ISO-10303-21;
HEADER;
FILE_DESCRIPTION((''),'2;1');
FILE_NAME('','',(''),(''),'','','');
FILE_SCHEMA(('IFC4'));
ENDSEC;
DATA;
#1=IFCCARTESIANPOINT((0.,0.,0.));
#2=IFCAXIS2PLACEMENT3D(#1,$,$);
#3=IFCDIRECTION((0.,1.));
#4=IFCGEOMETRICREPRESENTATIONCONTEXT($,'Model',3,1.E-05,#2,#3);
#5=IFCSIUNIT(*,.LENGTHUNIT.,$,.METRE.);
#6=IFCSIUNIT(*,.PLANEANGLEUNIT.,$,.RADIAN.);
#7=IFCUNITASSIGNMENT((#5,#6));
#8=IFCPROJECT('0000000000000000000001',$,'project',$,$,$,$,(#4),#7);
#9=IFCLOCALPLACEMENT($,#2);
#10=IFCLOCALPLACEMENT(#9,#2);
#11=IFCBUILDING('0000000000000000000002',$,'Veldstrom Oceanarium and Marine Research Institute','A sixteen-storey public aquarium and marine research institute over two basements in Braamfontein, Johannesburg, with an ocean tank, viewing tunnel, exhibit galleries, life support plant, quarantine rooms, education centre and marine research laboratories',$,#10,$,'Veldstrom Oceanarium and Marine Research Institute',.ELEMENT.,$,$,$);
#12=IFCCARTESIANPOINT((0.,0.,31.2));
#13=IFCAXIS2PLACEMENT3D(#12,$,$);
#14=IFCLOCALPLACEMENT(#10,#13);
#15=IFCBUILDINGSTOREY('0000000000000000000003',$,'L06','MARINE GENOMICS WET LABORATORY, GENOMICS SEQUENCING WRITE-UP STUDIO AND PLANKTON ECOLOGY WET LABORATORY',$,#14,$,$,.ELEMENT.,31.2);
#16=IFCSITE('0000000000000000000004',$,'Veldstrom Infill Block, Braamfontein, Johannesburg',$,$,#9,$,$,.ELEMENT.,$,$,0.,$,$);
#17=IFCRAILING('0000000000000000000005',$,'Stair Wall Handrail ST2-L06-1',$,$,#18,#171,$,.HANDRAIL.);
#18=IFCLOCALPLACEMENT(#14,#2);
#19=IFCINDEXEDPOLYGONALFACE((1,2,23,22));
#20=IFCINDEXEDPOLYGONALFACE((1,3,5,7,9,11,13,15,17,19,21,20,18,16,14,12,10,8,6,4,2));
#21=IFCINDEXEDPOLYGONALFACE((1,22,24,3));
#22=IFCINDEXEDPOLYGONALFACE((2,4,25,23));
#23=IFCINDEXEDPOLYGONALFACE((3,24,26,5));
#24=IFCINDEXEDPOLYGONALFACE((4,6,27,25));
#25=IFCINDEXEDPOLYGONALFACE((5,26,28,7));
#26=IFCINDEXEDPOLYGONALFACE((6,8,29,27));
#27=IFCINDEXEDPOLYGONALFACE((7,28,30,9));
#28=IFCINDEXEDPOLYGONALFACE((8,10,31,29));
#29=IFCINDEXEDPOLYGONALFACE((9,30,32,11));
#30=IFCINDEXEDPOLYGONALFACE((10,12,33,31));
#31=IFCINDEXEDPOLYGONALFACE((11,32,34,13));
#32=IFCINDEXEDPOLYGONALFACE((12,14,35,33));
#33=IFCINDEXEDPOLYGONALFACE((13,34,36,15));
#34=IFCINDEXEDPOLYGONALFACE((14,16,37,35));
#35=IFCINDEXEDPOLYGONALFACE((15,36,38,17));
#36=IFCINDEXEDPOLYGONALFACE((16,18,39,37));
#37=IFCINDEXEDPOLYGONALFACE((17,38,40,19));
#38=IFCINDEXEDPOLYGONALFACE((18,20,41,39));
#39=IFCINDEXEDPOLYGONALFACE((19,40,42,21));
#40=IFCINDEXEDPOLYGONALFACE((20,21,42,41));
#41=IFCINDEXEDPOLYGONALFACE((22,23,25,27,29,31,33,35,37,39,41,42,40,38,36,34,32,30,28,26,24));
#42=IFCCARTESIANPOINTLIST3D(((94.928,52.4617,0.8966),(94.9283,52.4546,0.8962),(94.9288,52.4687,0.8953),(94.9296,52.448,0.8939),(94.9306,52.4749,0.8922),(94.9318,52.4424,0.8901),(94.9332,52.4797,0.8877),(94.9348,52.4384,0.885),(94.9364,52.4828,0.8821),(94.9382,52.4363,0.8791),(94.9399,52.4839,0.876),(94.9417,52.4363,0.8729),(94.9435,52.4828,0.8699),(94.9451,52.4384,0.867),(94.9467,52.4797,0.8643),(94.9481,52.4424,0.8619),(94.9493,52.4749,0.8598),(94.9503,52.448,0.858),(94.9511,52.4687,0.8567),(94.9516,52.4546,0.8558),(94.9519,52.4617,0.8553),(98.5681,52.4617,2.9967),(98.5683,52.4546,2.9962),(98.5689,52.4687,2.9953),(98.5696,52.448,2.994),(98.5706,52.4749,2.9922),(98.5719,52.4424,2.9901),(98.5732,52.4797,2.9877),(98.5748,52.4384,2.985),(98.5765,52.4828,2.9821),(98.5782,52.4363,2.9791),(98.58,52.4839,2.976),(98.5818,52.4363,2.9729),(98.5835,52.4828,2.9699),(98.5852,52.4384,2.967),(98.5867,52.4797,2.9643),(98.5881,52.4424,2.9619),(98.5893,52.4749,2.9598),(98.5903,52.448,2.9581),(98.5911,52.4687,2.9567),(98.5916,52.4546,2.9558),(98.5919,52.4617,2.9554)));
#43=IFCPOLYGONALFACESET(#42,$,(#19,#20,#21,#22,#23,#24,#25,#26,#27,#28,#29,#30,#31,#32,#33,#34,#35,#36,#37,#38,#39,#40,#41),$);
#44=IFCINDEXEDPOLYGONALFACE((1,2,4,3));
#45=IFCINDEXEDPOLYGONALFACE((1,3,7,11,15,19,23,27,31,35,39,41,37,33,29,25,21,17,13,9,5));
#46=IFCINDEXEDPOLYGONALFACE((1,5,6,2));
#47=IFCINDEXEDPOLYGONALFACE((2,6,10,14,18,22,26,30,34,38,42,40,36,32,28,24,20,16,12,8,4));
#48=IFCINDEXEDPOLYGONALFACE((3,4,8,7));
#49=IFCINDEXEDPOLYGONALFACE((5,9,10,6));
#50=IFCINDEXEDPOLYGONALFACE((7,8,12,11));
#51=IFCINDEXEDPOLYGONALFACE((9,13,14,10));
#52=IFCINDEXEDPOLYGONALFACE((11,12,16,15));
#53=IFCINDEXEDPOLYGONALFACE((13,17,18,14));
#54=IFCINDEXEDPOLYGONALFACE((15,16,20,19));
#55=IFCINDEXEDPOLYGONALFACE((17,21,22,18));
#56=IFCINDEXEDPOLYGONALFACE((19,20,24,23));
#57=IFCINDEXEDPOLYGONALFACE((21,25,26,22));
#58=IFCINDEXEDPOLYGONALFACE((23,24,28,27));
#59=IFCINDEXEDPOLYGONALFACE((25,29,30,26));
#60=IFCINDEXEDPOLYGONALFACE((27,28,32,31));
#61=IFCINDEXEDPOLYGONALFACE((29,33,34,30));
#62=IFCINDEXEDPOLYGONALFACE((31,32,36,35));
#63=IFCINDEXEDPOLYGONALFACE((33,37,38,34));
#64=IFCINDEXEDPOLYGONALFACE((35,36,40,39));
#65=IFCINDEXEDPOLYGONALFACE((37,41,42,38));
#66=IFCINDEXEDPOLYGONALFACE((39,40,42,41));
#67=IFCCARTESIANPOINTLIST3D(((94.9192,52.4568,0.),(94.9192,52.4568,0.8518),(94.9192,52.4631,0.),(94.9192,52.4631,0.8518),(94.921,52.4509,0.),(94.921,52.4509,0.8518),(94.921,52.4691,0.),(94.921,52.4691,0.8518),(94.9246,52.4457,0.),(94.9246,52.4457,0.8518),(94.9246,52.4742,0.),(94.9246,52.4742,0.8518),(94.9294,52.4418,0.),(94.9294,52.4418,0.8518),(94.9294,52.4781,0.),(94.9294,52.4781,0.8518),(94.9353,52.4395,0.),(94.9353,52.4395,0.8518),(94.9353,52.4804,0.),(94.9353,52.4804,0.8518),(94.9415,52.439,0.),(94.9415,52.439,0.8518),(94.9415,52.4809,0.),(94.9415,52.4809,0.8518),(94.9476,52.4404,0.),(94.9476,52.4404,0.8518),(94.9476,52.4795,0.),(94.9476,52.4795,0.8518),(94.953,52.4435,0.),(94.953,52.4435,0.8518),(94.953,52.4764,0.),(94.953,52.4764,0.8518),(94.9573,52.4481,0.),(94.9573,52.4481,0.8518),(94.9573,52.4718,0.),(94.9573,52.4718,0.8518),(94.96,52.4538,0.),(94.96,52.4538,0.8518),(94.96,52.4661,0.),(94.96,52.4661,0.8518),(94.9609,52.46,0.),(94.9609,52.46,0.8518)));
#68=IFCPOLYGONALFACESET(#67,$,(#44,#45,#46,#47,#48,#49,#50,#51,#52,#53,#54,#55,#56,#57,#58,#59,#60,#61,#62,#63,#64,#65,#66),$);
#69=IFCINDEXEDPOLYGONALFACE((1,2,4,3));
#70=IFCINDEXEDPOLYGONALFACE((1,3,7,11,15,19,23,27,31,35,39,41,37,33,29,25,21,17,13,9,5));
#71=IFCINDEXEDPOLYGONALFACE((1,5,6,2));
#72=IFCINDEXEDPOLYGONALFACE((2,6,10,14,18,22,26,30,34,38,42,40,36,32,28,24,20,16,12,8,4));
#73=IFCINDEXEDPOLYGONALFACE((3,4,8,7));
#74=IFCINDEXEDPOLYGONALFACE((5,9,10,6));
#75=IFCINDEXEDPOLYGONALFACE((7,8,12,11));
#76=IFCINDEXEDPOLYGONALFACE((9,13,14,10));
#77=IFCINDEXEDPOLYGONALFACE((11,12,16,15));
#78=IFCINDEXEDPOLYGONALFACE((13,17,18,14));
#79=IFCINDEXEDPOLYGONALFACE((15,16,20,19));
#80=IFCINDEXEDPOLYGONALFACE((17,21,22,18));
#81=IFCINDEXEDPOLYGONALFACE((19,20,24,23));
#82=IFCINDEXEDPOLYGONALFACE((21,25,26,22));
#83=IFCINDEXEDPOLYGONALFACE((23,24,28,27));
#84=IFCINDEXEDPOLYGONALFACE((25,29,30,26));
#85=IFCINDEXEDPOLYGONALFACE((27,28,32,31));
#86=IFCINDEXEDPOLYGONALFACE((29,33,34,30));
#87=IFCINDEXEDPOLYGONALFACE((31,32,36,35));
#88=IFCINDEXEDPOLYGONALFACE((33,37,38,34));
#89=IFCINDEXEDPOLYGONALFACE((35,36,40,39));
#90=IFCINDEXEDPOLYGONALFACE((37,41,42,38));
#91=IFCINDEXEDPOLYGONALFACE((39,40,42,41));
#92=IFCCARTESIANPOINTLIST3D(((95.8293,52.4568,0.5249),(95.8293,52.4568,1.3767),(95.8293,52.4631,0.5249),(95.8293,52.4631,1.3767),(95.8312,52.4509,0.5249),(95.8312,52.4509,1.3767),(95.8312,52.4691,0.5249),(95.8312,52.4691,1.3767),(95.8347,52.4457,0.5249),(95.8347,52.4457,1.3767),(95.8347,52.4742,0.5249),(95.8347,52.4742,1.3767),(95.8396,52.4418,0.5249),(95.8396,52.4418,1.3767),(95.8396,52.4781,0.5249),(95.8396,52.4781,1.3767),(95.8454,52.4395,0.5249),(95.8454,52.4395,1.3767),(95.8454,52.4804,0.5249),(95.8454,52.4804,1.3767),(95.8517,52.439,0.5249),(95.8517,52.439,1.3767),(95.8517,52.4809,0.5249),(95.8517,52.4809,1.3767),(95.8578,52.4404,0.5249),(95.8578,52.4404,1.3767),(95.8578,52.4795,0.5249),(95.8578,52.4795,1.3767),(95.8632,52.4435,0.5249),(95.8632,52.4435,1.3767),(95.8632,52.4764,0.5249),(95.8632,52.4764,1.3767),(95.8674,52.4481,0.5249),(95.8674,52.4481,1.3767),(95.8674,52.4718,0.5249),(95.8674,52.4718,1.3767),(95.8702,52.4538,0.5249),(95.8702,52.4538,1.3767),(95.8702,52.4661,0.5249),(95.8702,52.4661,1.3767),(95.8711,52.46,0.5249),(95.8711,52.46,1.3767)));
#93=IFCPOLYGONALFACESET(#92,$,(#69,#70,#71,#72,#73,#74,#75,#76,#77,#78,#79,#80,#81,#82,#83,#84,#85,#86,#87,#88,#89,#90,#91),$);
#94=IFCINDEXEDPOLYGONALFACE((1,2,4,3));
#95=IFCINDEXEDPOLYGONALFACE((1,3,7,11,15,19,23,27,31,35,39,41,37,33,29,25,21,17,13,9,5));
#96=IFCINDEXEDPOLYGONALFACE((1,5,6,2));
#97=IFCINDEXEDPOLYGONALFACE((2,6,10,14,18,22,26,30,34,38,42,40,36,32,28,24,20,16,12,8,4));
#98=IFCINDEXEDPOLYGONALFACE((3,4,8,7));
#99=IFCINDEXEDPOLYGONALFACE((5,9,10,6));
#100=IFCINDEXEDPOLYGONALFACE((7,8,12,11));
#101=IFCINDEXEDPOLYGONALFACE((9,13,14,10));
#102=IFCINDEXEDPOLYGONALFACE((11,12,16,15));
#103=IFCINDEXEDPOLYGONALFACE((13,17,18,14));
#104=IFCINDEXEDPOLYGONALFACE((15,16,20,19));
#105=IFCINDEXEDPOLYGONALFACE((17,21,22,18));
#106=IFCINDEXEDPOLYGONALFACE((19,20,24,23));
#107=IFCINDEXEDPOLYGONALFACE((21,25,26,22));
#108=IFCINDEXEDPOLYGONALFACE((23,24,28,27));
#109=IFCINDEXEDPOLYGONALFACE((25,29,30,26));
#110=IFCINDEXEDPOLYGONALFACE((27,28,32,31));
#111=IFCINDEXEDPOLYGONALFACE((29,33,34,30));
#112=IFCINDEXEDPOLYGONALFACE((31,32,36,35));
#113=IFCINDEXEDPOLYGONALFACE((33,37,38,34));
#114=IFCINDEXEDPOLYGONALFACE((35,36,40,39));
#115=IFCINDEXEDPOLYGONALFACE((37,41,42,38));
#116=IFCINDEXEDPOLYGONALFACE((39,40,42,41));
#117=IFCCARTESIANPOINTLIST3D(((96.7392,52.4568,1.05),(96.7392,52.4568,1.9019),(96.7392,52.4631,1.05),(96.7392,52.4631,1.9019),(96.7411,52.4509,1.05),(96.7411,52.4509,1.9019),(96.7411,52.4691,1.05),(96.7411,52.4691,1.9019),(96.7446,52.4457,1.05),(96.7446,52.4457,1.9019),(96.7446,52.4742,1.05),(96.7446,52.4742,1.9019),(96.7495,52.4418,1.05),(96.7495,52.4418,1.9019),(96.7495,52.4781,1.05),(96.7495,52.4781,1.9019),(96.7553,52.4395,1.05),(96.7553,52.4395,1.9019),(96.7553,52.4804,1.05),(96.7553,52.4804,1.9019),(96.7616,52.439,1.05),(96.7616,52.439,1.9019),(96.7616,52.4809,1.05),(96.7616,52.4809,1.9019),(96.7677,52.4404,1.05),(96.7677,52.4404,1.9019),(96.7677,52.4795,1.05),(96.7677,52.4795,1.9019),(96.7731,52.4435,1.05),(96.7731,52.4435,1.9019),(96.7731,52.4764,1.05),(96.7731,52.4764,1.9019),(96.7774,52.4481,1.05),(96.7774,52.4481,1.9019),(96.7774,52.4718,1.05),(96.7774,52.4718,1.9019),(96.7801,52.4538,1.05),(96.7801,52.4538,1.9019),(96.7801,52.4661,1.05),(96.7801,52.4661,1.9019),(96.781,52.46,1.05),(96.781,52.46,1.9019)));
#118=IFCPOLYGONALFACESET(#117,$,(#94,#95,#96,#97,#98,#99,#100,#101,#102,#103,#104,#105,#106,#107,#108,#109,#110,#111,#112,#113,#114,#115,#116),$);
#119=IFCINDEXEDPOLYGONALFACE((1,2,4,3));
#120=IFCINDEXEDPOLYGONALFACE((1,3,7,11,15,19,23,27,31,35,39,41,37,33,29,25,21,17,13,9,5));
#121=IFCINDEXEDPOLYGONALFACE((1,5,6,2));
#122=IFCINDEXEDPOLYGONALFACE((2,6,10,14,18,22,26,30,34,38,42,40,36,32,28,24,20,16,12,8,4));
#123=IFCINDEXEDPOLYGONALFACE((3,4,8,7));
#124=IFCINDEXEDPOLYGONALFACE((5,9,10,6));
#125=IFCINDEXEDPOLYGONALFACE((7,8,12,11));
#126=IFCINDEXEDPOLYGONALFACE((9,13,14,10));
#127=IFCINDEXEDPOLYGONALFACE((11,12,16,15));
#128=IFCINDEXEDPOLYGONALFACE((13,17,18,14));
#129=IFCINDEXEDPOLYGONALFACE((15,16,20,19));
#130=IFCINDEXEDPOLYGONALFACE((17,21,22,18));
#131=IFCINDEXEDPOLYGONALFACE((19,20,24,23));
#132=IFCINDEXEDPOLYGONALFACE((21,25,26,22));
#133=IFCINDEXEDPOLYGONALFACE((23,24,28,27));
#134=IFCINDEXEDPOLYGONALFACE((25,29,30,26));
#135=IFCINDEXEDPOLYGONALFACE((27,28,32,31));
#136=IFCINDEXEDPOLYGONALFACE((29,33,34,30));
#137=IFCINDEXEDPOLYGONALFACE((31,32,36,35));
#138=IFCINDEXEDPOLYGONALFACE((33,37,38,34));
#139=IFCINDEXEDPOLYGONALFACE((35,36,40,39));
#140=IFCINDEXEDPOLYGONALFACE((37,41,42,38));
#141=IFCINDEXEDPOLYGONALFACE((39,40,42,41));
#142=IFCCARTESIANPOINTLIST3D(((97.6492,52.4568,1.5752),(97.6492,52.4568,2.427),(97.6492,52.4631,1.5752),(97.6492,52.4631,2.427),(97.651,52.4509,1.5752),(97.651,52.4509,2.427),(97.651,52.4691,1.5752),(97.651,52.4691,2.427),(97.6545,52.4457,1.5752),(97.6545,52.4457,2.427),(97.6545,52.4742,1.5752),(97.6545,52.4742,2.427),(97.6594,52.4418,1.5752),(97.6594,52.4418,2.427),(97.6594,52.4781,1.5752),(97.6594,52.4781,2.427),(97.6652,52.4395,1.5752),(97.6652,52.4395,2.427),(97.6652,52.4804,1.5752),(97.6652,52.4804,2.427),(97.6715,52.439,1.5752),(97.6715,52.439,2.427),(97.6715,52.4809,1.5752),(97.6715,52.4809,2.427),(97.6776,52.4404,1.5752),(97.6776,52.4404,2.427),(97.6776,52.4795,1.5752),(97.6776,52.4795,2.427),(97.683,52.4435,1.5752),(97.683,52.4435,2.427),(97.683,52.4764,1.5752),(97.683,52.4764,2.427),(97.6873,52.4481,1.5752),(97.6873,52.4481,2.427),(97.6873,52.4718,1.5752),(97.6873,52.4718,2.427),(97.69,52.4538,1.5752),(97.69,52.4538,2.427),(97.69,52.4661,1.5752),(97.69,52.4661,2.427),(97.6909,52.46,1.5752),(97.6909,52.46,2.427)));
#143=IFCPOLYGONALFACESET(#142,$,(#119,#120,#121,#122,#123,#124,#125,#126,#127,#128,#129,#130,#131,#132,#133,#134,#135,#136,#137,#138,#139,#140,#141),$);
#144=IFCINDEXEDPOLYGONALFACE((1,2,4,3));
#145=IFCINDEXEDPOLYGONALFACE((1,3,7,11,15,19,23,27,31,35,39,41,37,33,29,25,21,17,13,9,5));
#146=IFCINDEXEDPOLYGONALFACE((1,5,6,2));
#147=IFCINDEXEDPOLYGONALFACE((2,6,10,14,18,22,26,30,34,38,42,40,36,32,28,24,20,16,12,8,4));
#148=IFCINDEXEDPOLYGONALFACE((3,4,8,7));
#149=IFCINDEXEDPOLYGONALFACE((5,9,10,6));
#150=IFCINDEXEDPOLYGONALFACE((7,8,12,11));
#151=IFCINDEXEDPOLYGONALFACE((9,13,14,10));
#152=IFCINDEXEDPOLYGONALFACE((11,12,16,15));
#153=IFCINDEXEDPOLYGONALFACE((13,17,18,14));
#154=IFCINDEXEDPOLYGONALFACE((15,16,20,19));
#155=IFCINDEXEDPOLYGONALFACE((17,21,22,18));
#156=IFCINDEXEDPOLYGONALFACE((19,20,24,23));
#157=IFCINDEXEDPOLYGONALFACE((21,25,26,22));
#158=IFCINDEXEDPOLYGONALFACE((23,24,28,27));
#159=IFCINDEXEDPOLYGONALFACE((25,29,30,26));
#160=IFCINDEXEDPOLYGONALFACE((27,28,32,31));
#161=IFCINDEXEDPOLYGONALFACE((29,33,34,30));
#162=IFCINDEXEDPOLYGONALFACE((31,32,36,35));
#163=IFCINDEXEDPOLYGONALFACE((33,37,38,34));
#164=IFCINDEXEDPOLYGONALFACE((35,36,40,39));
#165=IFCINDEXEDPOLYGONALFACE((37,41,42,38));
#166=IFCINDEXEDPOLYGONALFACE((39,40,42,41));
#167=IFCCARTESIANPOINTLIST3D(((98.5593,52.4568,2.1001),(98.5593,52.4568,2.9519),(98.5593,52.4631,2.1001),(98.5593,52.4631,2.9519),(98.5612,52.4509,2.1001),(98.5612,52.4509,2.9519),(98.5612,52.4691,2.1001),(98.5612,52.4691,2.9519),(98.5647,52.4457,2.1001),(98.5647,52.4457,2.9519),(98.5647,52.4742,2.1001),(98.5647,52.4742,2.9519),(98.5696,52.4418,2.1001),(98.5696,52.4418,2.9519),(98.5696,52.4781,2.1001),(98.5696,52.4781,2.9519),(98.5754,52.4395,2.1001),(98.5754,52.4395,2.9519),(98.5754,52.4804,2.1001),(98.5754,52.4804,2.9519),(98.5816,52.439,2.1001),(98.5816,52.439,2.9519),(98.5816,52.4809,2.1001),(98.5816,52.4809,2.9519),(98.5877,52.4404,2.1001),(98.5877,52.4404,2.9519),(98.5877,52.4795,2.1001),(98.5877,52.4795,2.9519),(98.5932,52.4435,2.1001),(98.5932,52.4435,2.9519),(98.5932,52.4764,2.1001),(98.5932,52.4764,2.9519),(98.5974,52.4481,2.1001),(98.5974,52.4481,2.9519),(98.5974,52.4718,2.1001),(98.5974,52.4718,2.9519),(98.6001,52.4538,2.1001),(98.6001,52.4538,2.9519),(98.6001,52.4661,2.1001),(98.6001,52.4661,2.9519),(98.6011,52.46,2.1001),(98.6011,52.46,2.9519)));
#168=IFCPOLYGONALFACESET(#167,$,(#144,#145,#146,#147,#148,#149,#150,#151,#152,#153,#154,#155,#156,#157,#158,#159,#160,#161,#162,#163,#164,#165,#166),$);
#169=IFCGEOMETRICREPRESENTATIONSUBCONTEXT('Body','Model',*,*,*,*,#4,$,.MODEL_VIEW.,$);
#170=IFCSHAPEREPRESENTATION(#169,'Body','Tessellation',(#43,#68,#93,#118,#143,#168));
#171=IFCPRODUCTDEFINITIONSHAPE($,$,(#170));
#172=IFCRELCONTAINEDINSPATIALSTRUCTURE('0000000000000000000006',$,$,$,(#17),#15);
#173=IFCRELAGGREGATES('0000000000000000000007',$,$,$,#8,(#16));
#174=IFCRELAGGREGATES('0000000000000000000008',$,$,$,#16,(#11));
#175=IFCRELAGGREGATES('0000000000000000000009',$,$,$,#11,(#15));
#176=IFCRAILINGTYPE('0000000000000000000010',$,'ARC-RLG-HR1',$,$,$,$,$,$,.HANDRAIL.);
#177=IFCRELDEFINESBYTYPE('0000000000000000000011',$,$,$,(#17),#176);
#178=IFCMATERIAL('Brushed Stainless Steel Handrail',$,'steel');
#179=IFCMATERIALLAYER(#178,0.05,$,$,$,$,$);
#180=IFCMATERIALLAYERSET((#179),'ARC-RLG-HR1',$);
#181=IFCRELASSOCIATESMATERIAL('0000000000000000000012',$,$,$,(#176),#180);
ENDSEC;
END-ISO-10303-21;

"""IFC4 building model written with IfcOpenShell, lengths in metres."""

from ifc_helpers import new_model, si_unit, direction, frame, origin, origin_2d, place, context, subcontext, project, spatial, circle, extrude, material, layer, layer_set, type_object, element, save


model = new_model("IFC4")

# Units and contexts
model_context = context("Model", 3, precision=1e-05, world=origin(), true_north=direction((0.0, 1.0)))
body_context = subcontext(model_context, "Body", "Model", "MODEL_VIEW")
ifc_project = project(units=[si_unit("LENGTHUNIT", "METRE"), si_unit("PLANEANGLEUNIT", "RADIAN")], contexts=[model_context])

# Site, building, storey
site_placement = place(None, origin())
site = spatial("IfcSite", under=ifc_project, at=site_placement, Name="Veldstrom Infill Block, Braamfontein, Johannesburg", CompositionType="ELEMENT", RefElevation=0.0)
building_placement = place(site_placement, origin())
building = spatial("IfcBuilding", under=site, at=building_placement, Name="Veldstrom Oceanarium and Marine Research Institute", Description="A sixteen-storey public aquarium and marine research institute over two basements in Braamfontein, Johannesburg, with an ocean tank, viewing tunnel, exhibit galleries, life support plant, quarantine rooms, education centre and marine research laboratories", LongName="Veldstrom Oceanarium and Marine Research Institute", CompositionType="ELEMENT")
storey_placement = place(building_placement, frame((0.0, 0.0, 31.2)))
storey = spatial("IfcBuildingStorey", under=building, at=storey_placement, Name="L06", Description="MARINE GENOMICS WET LABORATORY, GENOMICS SEQUENCING WRITE-UP STUDIO AND PLANKTON ECOLOGY WET LABORATORY", CompositionType="ELEMENT", Elevation=31.2)

# Railing
ifc_material_1 = material(Name="Brushed Stainless Steel Handrail", Category="steel")
ifc_layer_1 = layer(ifc_material_1, 0.05)
ifc_layer_set_1 = layer_set([ifc_layer_1], Name="ARC-RLG-HR1")
railing_type_1 = type_object("IfcRailingType", Name="ARC-RLG-HR1", PredefinedType="HANDRAIL", material=ifc_layer_set_1)
railing_1_placement = place(storey_placement, frame((94.9399, 52.46, 0.0)))
element("IfcRailing", 1, at=railing_1_placement, inside=storey, type_object=railing_type_1, Name="Stair Wall Handrail ST2-L06-1", PredefinedType="HANDRAIL", context=body_context, shape_type="SweptSolid", body=[
    extrude(circle(Radius=0.0239, at=origin_2d()), frame((0.0, 0.0, 0.876), z_axis=(0.866184, 0.0, 0.499726), x_axis=(0.0, 1.0, 0.0)), (0.0, 0.0, 1.0), 4.2024),
    extrude(circle(Radius=0.021, at=origin_2d()), origin(), (0.0, 0.0, 1.0), 0.8518),
    extrude(circle(Radius=0.021, at=origin_2d()), frame((0.9102, 0.0, 0.5249)), (0.0, 0.0, 1.0), 0.8518),
    extrude(circle(Radius=0.021, at=origin_2d()), frame((1.8201, 0.0, 1.05)), (0.0, 0.0, 1.0), 0.8518),
    extrude(circle(Radius=0.021, at=origin_2d()), frame((2.73, 0.0, 1.5752)), (0.0, 0.0, 1.0), 0.8518),
    extrude(circle(Radius=0.021, at=origin_2d()), frame((3.6401, 0.0, 2.1001)), (0.0, 0.0, 1.0), 0.8518),
])

save(model, "model.ifc")
